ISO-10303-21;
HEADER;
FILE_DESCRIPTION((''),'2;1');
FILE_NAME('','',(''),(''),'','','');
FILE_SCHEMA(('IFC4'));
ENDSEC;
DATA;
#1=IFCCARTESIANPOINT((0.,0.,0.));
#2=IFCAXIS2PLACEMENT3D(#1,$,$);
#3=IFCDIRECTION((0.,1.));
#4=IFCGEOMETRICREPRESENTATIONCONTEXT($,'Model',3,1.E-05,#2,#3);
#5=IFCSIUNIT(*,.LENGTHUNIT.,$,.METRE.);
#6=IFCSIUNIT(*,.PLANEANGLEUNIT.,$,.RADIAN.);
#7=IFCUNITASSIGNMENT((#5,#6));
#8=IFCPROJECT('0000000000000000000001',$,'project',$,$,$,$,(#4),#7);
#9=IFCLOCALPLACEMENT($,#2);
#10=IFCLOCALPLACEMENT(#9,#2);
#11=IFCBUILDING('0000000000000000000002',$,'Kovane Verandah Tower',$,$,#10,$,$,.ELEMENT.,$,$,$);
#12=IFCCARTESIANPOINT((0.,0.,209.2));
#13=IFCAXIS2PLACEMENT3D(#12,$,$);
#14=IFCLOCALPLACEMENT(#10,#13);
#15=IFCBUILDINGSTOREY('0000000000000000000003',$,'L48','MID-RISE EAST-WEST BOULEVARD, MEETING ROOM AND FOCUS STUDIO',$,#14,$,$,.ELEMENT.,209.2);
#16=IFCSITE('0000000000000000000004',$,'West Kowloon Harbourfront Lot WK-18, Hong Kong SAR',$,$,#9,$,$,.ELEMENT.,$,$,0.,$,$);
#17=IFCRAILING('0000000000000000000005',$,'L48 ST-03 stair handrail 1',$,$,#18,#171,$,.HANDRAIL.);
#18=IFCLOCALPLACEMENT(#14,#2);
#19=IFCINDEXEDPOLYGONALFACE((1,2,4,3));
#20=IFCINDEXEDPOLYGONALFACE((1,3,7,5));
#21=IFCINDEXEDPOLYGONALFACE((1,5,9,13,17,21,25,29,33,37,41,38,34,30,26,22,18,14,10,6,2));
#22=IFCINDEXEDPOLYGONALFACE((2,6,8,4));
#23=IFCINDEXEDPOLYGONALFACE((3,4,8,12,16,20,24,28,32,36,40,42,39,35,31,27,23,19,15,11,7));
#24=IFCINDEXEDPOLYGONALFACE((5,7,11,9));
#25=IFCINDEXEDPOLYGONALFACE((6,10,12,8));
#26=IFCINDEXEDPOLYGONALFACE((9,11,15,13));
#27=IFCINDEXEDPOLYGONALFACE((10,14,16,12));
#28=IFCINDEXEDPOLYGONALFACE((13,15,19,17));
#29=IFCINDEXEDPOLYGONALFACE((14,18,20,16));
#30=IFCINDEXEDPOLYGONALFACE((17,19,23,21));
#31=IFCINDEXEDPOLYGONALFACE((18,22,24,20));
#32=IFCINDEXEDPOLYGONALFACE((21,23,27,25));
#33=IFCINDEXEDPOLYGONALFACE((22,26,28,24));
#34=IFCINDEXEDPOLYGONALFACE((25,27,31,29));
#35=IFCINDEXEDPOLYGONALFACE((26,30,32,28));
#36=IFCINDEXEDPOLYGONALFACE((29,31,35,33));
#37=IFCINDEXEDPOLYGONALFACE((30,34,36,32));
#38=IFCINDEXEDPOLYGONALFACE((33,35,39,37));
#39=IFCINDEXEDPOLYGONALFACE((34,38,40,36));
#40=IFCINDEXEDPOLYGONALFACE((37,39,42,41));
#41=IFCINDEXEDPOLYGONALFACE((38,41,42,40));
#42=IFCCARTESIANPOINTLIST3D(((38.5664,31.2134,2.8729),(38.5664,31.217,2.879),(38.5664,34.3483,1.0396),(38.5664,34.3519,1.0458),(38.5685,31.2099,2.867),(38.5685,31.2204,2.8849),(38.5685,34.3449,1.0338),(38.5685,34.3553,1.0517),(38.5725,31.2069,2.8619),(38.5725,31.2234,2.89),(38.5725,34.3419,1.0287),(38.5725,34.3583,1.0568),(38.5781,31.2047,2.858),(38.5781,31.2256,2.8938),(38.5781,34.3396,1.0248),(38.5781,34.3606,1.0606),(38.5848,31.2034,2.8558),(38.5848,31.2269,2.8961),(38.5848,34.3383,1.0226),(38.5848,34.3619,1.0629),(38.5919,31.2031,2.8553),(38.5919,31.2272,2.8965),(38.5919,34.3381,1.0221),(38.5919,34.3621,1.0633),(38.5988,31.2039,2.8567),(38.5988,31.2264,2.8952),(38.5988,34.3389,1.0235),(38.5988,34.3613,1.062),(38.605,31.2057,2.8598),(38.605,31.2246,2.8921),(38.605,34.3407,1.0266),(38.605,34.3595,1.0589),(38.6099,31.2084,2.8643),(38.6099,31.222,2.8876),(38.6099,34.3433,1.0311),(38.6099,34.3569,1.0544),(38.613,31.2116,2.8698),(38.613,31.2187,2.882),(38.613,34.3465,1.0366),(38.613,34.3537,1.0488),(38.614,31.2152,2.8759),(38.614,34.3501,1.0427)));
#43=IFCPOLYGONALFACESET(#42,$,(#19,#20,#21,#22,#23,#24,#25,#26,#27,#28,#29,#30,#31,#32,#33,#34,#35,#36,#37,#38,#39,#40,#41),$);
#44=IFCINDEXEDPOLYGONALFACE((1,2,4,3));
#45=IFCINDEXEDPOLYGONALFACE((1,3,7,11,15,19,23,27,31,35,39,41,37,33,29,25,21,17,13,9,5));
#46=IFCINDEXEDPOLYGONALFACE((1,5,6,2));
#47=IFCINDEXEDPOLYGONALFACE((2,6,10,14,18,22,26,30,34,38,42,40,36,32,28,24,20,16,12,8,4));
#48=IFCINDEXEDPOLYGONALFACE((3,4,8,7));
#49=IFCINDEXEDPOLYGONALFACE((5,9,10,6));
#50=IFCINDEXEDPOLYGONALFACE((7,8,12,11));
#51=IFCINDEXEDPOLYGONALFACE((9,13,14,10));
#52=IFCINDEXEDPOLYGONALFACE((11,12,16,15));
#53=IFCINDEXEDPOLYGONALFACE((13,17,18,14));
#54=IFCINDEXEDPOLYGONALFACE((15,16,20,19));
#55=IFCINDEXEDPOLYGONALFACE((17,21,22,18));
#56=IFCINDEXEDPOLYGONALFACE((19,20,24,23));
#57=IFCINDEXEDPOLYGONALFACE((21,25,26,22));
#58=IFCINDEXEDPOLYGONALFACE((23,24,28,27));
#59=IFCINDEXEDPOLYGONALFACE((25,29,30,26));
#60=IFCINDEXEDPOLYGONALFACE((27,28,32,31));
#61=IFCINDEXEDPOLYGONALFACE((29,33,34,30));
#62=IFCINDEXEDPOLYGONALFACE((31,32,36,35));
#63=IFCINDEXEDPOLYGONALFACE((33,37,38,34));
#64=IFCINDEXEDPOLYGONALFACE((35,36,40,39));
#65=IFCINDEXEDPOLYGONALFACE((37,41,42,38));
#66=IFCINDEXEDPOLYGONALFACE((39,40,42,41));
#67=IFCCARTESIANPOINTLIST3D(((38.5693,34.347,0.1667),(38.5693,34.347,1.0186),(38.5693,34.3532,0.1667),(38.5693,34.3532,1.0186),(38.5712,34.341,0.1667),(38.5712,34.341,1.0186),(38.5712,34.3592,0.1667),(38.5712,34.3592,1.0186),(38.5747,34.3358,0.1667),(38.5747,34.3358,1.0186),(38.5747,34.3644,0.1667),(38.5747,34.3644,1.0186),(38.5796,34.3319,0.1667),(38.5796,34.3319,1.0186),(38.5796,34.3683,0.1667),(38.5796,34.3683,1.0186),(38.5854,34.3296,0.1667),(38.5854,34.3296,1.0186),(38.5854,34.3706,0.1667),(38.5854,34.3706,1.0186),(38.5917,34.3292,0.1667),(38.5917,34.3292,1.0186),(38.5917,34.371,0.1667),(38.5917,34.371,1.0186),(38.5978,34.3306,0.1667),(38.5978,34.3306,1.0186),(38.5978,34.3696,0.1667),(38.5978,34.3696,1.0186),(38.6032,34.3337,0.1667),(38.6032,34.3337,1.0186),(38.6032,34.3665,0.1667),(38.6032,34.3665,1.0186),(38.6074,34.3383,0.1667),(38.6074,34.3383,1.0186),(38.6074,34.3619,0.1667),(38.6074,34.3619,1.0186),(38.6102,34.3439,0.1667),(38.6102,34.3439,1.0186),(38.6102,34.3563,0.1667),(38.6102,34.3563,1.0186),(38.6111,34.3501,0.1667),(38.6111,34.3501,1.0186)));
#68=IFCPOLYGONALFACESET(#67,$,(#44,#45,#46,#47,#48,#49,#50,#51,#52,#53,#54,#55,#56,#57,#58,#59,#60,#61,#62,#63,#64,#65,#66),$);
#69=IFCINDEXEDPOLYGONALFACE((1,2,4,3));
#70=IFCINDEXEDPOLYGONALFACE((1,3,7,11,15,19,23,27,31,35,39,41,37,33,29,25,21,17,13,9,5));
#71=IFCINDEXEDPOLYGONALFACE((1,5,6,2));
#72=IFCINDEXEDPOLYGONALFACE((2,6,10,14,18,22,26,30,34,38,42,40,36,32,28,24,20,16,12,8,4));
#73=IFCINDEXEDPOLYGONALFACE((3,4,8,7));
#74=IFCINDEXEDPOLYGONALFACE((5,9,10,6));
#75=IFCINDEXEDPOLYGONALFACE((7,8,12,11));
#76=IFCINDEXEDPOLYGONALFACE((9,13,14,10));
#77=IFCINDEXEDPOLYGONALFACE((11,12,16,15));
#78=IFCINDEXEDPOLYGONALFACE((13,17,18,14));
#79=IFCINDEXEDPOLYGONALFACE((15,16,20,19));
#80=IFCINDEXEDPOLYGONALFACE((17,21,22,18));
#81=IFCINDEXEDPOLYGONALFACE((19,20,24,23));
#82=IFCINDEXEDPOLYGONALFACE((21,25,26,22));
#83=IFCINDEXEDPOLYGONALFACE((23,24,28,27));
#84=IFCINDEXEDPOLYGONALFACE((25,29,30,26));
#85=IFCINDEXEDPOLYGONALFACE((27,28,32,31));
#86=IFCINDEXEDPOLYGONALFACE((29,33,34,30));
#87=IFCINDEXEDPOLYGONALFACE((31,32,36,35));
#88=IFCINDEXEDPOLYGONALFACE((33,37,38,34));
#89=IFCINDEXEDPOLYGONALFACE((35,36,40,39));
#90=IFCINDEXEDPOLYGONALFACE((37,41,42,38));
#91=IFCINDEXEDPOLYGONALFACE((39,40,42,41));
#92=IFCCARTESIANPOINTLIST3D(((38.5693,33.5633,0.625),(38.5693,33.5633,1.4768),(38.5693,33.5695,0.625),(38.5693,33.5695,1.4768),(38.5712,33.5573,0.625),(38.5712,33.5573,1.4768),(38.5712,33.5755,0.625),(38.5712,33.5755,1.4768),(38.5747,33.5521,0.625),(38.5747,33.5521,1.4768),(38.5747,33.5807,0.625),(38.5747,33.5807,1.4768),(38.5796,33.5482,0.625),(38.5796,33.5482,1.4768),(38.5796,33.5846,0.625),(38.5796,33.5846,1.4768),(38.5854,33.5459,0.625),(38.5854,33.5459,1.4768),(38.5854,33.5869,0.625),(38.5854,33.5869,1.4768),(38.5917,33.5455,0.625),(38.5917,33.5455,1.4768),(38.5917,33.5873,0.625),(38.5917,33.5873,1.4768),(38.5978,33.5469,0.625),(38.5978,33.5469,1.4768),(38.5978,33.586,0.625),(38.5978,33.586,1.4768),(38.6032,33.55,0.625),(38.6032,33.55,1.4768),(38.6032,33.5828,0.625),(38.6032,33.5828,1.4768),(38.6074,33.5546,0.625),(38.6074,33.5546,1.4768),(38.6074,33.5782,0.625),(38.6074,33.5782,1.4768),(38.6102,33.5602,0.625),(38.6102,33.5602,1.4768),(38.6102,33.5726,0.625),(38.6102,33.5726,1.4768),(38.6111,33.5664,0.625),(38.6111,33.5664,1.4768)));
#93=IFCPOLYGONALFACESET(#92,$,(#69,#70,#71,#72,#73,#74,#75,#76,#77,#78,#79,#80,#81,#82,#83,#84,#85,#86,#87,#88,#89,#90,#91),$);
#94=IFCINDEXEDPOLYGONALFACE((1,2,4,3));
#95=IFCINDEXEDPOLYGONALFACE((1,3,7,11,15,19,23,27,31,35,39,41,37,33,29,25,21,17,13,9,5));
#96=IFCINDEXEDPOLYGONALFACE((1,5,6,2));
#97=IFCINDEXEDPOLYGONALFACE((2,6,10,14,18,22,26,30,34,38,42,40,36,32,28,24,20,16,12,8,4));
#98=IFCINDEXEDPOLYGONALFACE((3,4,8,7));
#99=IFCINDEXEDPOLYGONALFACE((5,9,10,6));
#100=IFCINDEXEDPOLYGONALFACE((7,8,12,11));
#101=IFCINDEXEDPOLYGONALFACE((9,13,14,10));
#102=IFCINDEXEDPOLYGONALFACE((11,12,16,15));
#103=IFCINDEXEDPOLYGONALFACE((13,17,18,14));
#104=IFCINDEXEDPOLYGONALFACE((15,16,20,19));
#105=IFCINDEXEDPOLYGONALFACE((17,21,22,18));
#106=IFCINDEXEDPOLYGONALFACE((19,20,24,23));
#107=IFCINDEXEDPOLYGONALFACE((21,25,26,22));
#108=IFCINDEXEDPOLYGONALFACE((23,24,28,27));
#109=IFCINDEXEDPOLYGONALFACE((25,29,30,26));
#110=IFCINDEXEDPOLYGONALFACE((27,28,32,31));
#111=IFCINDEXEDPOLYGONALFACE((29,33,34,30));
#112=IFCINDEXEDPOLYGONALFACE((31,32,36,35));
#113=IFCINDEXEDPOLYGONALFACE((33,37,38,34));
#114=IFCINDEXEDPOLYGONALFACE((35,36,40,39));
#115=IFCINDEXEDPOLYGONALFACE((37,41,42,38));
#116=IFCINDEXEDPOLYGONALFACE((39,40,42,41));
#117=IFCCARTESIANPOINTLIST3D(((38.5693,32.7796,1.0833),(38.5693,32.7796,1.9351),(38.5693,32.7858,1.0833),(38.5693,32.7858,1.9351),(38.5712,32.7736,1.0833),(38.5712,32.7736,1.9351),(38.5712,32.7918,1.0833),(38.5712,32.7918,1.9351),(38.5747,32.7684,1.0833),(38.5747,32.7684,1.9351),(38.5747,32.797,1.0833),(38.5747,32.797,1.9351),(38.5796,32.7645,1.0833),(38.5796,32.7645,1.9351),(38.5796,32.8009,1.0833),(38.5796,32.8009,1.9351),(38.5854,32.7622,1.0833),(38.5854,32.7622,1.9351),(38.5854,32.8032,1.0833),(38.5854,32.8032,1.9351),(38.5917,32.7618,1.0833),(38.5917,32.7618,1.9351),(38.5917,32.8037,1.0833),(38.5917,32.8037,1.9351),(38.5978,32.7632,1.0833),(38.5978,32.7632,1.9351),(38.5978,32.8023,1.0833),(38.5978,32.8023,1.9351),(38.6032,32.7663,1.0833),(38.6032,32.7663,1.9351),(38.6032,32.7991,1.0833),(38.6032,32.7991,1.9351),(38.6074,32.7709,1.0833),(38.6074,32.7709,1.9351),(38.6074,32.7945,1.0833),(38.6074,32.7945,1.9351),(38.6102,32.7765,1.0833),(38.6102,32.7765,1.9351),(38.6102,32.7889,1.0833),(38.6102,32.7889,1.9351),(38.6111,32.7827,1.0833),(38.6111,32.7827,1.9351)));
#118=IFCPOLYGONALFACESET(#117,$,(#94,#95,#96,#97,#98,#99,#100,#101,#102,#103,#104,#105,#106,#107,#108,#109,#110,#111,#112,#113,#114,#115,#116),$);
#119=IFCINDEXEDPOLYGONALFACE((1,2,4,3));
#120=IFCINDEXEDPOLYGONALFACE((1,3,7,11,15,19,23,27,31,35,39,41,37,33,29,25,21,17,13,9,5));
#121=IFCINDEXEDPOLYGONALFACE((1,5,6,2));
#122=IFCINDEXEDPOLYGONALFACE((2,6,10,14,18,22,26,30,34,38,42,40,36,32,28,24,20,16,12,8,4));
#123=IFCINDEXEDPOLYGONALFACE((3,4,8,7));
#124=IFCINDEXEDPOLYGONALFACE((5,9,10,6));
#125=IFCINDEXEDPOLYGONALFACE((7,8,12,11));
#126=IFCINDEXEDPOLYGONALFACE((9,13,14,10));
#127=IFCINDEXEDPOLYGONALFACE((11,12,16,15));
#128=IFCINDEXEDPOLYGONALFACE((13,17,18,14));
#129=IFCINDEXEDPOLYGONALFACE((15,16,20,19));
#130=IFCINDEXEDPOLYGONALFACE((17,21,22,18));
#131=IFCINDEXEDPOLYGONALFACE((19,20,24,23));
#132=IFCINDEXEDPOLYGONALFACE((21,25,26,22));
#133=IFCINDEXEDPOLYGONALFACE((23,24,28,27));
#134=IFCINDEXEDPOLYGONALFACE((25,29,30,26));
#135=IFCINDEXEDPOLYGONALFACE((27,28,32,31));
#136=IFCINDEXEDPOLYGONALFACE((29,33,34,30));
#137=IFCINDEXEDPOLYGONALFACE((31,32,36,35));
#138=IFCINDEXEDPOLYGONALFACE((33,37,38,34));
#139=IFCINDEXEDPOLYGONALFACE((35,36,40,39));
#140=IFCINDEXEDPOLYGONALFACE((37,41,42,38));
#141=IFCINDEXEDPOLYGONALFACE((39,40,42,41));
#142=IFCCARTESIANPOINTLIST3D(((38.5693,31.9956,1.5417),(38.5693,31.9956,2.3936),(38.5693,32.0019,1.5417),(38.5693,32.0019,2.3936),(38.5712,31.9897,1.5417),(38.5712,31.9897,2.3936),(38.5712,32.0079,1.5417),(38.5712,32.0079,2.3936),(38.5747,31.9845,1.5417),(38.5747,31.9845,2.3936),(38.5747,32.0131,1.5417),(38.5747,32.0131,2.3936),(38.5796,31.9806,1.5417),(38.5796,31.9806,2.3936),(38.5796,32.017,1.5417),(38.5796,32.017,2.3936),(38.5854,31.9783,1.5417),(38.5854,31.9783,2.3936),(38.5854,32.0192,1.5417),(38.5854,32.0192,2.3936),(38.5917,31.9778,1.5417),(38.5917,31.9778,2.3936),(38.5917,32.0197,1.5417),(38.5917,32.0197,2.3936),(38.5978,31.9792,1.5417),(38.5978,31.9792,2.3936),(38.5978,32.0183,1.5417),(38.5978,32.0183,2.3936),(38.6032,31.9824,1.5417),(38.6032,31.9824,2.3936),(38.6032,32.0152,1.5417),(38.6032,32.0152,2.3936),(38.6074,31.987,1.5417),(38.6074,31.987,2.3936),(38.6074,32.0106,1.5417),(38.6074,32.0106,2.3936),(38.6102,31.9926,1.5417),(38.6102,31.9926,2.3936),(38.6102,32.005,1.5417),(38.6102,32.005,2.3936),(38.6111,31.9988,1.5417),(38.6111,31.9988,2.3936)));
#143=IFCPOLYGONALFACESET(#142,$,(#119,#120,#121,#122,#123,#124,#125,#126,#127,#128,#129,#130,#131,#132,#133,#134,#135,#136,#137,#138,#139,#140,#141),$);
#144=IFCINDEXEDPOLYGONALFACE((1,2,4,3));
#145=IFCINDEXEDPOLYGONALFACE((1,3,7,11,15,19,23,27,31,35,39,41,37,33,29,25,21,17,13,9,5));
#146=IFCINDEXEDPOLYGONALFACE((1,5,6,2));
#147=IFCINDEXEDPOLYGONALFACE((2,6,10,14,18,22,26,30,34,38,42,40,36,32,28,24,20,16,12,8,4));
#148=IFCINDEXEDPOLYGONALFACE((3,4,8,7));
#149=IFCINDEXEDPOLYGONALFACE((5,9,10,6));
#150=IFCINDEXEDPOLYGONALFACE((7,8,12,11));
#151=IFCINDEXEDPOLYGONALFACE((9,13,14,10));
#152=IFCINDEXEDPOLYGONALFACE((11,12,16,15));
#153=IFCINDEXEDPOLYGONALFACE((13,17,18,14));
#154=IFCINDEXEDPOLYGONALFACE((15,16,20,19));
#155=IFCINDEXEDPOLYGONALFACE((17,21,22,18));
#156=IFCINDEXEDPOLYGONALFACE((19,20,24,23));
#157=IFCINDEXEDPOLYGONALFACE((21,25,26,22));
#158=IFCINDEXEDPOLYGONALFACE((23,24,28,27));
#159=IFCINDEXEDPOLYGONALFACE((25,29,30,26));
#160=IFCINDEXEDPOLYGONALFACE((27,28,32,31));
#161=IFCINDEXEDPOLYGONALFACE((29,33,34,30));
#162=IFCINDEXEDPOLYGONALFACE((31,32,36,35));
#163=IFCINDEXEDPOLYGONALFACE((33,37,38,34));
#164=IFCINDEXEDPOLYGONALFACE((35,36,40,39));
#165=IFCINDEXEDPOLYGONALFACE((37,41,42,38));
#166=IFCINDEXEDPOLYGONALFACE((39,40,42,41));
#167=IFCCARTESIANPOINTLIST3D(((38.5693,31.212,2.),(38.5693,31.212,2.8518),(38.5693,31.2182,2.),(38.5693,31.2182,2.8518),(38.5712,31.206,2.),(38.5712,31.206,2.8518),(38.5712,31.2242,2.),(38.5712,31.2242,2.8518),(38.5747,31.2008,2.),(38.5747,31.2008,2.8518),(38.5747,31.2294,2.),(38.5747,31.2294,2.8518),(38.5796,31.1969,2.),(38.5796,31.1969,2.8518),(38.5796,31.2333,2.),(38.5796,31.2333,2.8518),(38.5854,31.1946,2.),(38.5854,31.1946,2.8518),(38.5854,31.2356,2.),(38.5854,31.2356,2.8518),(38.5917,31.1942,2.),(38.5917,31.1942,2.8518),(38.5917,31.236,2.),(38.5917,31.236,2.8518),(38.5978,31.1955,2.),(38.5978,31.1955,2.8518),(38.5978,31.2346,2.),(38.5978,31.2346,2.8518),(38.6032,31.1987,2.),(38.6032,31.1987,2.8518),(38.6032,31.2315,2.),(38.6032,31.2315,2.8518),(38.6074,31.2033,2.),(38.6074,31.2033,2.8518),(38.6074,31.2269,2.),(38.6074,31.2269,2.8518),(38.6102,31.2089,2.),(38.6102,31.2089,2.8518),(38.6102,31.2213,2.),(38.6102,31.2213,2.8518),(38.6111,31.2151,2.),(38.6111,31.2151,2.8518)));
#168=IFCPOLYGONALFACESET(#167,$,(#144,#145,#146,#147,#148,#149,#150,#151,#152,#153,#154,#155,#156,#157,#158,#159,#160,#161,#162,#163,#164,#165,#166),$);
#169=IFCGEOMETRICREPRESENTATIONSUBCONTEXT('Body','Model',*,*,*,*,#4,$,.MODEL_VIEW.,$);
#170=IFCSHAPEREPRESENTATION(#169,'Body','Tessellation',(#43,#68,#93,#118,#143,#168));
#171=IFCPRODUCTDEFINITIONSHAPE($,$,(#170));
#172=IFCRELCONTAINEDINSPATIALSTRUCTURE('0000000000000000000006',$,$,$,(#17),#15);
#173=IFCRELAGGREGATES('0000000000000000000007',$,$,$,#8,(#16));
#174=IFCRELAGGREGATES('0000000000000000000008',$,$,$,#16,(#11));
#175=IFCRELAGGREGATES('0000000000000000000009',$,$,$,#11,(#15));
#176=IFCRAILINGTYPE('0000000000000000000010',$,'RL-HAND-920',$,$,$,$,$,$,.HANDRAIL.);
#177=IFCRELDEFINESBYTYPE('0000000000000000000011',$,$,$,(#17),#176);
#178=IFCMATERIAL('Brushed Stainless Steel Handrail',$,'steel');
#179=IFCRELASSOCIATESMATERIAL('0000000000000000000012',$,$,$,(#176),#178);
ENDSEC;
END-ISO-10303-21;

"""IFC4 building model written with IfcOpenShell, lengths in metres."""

from ifc_helpers import new_model, si_unit, direction, frame, origin, origin_2d, place, context, subcontext, project, spatial, circle, extrude, material, type_object, element, save


model = new_model("IFC4")

# Units and contexts
model_context = context("Model", 3, precision=1e-05, world=origin(), true_north=direction((0.0, 1.0)))
body_context = subcontext(model_context, "Body", "Model", "MODEL_VIEW")
ifc_project = project(units=[si_unit("LENGTHUNIT", "METRE"), si_unit("PLANEANGLEUNIT", "RADIAN")], contexts=[model_context])

# Site, building, storey
site_placement = place(None, origin())
site = spatial("IfcSite", under=ifc_project, at=site_placement, Name="West Kowloon Harbourfront Lot WK-18, Hong Kong SAR", CompositionType="ELEMENT", RefElevation=0.0)
building_placement = place(site_placement, origin())
building = spatial("IfcBuilding", under=site, at=building_placement, Name="Kovane Verandah Tower", CompositionType="ELEMENT")
storey_placement = place(building_placement, frame((0.0, 0.0, 209.2)))
storey = spatial("IfcBuildingStorey", under=building, at=storey_placement, Name="L48", Description="MID-RISE EAST-WEST BOULEVARD, MEETING ROOM AND FOCUS STUDIO", CompositionType="ELEMENT", Elevation=209.2)

# Railing
ifc_material_1 = material(Name="Brushed Stainless Steel Handrail", Category="steel")
railing_type_1 = type_object("IfcRailingType", Name="RL-HAND-920", PredefinedType="HANDRAIL", material=ifc_material_1)
railing_1_placement = place(storey_placement, frame((38.5901, 34.3501, 0.1667)))
element("IfcRailing", 1, at=railing_1_placement, inside=storey, type_object=railing_type_1, Name="L48 ST-03 stair handrail 1", PredefinedType="HANDRAIL", context=body_context, shape_type="SweptSolid", body=[
    extrude(circle(Radius=0.0239, at=origin_2d()), frame((0.0, 0.0, 0.876), z_axis=(0.0, -0.86324, 0.504794), x_axis=(1.0, 0.0, 0.0)), (0.0, 0.0, 1.0), 3.6316),
    extrude(circle(Radius=0.021, at=origin_2d()), origin(), (0.0, 0.0, 1.0), 0.8518),
    extrude(circle(Radius=0.021, at=origin_2d()), frame((0.0, -0.7837, 0.4583)), (0.0, 0.0, 1.0), 0.8518),
    extrude(circle(Radius=0.021, at=origin_2d()), frame((0.0, -1.5674, 0.9165)), (0.0, 0.0, 1.0), 0.8518),
    extrude(circle(Radius=0.021, at=origin_2d()), frame((0.0, -2.3513, 1.375)), (0.0, 0.0, 1.0), 0.8518),
    extrude(circle(Radius=0.021, at=origin_2d()), frame((0.0, -3.135, 1.8333)), (0.0, 0.0, 1.0), 0.8518),
])

save(model, "model.ifc")
